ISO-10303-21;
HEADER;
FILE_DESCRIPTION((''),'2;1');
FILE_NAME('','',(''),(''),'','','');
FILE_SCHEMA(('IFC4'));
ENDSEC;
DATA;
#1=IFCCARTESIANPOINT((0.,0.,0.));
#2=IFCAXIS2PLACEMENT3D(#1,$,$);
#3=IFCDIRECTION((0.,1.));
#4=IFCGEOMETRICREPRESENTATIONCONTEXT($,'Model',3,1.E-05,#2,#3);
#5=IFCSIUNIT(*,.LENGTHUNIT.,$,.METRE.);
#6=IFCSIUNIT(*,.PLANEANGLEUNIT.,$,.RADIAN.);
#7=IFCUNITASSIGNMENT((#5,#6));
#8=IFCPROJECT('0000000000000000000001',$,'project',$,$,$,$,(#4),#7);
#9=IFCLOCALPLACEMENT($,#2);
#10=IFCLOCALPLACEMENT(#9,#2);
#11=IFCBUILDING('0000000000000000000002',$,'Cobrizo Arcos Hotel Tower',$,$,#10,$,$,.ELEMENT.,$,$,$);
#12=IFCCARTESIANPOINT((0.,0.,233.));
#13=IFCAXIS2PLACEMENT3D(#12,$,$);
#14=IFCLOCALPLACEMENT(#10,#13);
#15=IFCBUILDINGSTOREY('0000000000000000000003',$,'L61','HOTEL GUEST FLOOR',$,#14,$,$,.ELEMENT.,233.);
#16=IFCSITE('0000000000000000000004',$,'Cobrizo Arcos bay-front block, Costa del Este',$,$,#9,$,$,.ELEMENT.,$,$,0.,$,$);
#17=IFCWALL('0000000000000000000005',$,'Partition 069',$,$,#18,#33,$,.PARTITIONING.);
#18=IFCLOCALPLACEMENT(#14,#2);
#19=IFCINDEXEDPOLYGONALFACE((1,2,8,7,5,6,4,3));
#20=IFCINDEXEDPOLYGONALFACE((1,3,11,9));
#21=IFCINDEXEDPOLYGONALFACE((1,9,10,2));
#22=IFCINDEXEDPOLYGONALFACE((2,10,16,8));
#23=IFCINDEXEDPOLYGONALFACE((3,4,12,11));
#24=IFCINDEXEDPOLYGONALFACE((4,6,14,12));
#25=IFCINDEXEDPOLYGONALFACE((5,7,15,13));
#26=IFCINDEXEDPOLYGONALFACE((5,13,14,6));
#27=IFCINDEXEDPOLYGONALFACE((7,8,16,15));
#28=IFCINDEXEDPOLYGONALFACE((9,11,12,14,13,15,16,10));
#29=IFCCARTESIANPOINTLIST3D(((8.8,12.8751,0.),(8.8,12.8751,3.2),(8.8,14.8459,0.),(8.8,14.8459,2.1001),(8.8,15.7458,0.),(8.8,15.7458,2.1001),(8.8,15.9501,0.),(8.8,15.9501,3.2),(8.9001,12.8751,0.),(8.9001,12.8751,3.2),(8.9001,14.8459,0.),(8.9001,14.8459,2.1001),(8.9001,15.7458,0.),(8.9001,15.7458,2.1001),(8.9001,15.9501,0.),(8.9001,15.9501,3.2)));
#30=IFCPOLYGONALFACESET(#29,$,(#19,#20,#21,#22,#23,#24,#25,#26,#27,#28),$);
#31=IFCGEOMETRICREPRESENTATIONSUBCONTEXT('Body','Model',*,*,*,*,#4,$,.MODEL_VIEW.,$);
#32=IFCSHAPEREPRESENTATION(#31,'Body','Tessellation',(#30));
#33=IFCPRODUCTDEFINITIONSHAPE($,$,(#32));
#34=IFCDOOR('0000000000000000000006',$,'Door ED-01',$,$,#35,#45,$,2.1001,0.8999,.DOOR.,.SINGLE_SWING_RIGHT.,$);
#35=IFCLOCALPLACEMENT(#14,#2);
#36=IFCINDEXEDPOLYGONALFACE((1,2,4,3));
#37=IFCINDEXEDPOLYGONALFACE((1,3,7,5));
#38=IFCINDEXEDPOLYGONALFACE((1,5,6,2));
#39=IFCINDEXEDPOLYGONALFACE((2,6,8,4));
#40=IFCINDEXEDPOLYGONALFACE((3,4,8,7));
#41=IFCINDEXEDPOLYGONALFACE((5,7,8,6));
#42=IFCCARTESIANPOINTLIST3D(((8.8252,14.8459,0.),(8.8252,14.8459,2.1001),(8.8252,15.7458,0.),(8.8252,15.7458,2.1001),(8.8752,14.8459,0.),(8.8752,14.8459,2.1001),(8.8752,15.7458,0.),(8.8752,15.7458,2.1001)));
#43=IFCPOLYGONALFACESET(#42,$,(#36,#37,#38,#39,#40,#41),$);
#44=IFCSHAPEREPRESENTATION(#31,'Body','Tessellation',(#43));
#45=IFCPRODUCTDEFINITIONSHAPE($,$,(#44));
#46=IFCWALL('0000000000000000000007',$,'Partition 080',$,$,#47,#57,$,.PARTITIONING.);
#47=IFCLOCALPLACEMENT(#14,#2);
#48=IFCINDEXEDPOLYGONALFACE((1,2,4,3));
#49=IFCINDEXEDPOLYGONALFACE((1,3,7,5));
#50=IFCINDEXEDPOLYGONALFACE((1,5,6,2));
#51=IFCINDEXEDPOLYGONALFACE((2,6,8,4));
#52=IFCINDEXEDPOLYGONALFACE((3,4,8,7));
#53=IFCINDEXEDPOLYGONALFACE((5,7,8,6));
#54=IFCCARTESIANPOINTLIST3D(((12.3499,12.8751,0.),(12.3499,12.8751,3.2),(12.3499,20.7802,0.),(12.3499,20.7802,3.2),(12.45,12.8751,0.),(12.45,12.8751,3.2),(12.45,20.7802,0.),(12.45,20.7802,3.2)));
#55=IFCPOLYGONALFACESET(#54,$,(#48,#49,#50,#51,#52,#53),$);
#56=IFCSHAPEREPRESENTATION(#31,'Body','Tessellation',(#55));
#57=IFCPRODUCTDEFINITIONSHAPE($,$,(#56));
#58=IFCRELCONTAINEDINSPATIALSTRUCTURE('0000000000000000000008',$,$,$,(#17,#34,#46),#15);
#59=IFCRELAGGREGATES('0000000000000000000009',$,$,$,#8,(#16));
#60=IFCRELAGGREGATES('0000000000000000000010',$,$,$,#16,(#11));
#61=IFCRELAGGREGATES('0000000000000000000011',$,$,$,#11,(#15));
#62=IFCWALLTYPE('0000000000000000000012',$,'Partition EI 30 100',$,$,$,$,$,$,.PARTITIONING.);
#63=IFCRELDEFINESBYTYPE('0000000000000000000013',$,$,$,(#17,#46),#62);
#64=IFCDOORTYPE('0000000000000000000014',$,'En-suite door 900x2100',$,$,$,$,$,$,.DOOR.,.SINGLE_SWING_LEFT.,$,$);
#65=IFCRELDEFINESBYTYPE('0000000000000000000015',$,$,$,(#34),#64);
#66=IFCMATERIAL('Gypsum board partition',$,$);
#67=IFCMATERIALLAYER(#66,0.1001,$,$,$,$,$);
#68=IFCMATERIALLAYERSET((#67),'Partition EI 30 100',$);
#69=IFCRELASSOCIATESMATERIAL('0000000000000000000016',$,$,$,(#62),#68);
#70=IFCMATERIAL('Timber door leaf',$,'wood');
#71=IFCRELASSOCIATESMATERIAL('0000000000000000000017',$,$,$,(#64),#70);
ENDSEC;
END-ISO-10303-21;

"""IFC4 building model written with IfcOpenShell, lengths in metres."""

from ifc_helpers import new_model, si_unit, direction, frame, frame_2d, origin, place, context, subcontext, project, spatial, rectangle, extrude, material, layer, layer_set, type_object, element, fill, save


model = new_model("IFC4")

# Units and contexts
model_context = context("Model", 3, precision=1e-05, world=origin(), true_north=direction((0.0, 1.0)))
body_context = subcontext(model_context, "Body", "Model", "MODEL_VIEW")
ifc_project = project(units=[si_unit("LENGTHUNIT", "METRE"), si_unit("PLANEANGLEUNIT", "RADIAN")], contexts=[model_context])

# Site, building, storey
site_placement = place(None, origin())
site = spatial("IfcSite", under=ifc_project, at=site_placement, Name="Cobrizo Arcos bay-front block, Costa del Este", CompositionType="ELEMENT", RefElevation=0.0)
building_placement = place(site_placement, origin())
building = spatial("IfcBuilding", under=site, at=building_placement, Name="Cobrizo Arcos Hotel Tower", CompositionType="ELEMENT")
storey_placement = place(building_placement, frame((0.0, 0.0, 233.0)))
storey = spatial("IfcBuildingStorey", under=building, at=storey_placement, Name="L61", Description="HOTEL GUEST FLOOR", CompositionType="ELEMENT", Elevation=233.0)

# Shared definitions
ifc_material_1 = material(Name="Gypsum board partition")
ifc_material_2 = material(Name="Timber door leaf", Category="wood")

# Shared definitions
ifc_layer_1 = layer(ifc_material_1, 0.1001)
ifc_layer_set_1 = layer_set([ifc_layer_1], Name="Partition EI 30 100")
wall_type_1 = type_object("IfcWallType", Name="Partition EI 30 100", PredefinedType="PARTITIONING", material=ifc_layer_set_1)

# Shared definitions
door_type_1 = type_object("IfcDoorType", Name="En-suite door 900x2100", OperationType="SINGLE_SWING_LEFT", PredefinedType="DOOR", material=ifc_material_2)

# Wall, opening, door
wall_1_placement = place(storey_placement, frame((8.8501, 12.875, 0.0), z_axis=(0.0, 0.0, 1.0), x_axis=(0.0, 1.0, 0.0)))
wall_1 = element("IfcWall", 1, at=wall_1_placement, inside=storey, type_object=wall_type_1, Name="Partition 069", PredefinedType="PARTITIONING", context=body_context, shape_type="SweptSolid", body=[
    extrude(rectangle(XDim=3.075, YDim=0.1001, at=frame_2d((1.5376, 0.0))), origin(), (0.0, 0.0, 1.0), 3.2),
])
opening_1_placement = place(wall_1_placement, frame((1.9709, 0.0, 0.0)))
opening_1 = element("IfcOpeningElement", 2, at=opening_1_placement, cuts=wall_1, PredefinedType="OPENING", context=body_context, shape_type="SweptSolid", body=[
    extrude(rectangle(XDim=0.8999, YDim=2.1001, at=frame_2d((0.45, 1.05))), frame((0.0, 0.062, 0.0), z_axis=(0.0, -1.0, 0.0), x_axis=(1.0, 0.0, 0.0)), (0.0, 0.0, 1.0), 0.124),
])
door_1_placement = place(opening_1_placement, origin())
door_1 = element("IfcDoor", 3, at=door_1_placement, inside=storey, type_object=door_type_1, Name="Door ED-01", OperationType="SINGLE_SWING_RIGHT", OverallHeight=2.1001, OverallWidth=0.8999, PredefinedType="DOOR", context=body_context, shape_type="SweptSolid", body=[
    extrude(rectangle(XDim=0.8999, YDim=2.1001, at=frame_2d((0.45, 1.05))), frame((0.0, 0.0249, 0.0), z_axis=(0.0, -1.0, 0.0), x_axis=(1.0, 0.0, 0.0)), (0.0, 0.0, 1.0), 0.05),
])
fill(opening_1, door_1)

# Wall
wall_2_placement = place(storey_placement, frame((12.3999, 12.875, 0.0), z_axis=(0.0, 0.0, 1.0), x_axis=(0.0, 1.0, 0.0)))
element("IfcWall", 4, at=wall_2_placement, inside=storey, type_object=wall_type_1, Name="Partition 080", PredefinedType="PARTITIONING", context=body_context, shape_type="SweptSolid", body=[
    extrude(rectangle(XDim=7.905, YDim=0.1001, at=frame_2d((3.9526, 0.0))), origin(), (0.0, 0.0, 1.0), 3.2),
])

save(model, "model.ifc")
